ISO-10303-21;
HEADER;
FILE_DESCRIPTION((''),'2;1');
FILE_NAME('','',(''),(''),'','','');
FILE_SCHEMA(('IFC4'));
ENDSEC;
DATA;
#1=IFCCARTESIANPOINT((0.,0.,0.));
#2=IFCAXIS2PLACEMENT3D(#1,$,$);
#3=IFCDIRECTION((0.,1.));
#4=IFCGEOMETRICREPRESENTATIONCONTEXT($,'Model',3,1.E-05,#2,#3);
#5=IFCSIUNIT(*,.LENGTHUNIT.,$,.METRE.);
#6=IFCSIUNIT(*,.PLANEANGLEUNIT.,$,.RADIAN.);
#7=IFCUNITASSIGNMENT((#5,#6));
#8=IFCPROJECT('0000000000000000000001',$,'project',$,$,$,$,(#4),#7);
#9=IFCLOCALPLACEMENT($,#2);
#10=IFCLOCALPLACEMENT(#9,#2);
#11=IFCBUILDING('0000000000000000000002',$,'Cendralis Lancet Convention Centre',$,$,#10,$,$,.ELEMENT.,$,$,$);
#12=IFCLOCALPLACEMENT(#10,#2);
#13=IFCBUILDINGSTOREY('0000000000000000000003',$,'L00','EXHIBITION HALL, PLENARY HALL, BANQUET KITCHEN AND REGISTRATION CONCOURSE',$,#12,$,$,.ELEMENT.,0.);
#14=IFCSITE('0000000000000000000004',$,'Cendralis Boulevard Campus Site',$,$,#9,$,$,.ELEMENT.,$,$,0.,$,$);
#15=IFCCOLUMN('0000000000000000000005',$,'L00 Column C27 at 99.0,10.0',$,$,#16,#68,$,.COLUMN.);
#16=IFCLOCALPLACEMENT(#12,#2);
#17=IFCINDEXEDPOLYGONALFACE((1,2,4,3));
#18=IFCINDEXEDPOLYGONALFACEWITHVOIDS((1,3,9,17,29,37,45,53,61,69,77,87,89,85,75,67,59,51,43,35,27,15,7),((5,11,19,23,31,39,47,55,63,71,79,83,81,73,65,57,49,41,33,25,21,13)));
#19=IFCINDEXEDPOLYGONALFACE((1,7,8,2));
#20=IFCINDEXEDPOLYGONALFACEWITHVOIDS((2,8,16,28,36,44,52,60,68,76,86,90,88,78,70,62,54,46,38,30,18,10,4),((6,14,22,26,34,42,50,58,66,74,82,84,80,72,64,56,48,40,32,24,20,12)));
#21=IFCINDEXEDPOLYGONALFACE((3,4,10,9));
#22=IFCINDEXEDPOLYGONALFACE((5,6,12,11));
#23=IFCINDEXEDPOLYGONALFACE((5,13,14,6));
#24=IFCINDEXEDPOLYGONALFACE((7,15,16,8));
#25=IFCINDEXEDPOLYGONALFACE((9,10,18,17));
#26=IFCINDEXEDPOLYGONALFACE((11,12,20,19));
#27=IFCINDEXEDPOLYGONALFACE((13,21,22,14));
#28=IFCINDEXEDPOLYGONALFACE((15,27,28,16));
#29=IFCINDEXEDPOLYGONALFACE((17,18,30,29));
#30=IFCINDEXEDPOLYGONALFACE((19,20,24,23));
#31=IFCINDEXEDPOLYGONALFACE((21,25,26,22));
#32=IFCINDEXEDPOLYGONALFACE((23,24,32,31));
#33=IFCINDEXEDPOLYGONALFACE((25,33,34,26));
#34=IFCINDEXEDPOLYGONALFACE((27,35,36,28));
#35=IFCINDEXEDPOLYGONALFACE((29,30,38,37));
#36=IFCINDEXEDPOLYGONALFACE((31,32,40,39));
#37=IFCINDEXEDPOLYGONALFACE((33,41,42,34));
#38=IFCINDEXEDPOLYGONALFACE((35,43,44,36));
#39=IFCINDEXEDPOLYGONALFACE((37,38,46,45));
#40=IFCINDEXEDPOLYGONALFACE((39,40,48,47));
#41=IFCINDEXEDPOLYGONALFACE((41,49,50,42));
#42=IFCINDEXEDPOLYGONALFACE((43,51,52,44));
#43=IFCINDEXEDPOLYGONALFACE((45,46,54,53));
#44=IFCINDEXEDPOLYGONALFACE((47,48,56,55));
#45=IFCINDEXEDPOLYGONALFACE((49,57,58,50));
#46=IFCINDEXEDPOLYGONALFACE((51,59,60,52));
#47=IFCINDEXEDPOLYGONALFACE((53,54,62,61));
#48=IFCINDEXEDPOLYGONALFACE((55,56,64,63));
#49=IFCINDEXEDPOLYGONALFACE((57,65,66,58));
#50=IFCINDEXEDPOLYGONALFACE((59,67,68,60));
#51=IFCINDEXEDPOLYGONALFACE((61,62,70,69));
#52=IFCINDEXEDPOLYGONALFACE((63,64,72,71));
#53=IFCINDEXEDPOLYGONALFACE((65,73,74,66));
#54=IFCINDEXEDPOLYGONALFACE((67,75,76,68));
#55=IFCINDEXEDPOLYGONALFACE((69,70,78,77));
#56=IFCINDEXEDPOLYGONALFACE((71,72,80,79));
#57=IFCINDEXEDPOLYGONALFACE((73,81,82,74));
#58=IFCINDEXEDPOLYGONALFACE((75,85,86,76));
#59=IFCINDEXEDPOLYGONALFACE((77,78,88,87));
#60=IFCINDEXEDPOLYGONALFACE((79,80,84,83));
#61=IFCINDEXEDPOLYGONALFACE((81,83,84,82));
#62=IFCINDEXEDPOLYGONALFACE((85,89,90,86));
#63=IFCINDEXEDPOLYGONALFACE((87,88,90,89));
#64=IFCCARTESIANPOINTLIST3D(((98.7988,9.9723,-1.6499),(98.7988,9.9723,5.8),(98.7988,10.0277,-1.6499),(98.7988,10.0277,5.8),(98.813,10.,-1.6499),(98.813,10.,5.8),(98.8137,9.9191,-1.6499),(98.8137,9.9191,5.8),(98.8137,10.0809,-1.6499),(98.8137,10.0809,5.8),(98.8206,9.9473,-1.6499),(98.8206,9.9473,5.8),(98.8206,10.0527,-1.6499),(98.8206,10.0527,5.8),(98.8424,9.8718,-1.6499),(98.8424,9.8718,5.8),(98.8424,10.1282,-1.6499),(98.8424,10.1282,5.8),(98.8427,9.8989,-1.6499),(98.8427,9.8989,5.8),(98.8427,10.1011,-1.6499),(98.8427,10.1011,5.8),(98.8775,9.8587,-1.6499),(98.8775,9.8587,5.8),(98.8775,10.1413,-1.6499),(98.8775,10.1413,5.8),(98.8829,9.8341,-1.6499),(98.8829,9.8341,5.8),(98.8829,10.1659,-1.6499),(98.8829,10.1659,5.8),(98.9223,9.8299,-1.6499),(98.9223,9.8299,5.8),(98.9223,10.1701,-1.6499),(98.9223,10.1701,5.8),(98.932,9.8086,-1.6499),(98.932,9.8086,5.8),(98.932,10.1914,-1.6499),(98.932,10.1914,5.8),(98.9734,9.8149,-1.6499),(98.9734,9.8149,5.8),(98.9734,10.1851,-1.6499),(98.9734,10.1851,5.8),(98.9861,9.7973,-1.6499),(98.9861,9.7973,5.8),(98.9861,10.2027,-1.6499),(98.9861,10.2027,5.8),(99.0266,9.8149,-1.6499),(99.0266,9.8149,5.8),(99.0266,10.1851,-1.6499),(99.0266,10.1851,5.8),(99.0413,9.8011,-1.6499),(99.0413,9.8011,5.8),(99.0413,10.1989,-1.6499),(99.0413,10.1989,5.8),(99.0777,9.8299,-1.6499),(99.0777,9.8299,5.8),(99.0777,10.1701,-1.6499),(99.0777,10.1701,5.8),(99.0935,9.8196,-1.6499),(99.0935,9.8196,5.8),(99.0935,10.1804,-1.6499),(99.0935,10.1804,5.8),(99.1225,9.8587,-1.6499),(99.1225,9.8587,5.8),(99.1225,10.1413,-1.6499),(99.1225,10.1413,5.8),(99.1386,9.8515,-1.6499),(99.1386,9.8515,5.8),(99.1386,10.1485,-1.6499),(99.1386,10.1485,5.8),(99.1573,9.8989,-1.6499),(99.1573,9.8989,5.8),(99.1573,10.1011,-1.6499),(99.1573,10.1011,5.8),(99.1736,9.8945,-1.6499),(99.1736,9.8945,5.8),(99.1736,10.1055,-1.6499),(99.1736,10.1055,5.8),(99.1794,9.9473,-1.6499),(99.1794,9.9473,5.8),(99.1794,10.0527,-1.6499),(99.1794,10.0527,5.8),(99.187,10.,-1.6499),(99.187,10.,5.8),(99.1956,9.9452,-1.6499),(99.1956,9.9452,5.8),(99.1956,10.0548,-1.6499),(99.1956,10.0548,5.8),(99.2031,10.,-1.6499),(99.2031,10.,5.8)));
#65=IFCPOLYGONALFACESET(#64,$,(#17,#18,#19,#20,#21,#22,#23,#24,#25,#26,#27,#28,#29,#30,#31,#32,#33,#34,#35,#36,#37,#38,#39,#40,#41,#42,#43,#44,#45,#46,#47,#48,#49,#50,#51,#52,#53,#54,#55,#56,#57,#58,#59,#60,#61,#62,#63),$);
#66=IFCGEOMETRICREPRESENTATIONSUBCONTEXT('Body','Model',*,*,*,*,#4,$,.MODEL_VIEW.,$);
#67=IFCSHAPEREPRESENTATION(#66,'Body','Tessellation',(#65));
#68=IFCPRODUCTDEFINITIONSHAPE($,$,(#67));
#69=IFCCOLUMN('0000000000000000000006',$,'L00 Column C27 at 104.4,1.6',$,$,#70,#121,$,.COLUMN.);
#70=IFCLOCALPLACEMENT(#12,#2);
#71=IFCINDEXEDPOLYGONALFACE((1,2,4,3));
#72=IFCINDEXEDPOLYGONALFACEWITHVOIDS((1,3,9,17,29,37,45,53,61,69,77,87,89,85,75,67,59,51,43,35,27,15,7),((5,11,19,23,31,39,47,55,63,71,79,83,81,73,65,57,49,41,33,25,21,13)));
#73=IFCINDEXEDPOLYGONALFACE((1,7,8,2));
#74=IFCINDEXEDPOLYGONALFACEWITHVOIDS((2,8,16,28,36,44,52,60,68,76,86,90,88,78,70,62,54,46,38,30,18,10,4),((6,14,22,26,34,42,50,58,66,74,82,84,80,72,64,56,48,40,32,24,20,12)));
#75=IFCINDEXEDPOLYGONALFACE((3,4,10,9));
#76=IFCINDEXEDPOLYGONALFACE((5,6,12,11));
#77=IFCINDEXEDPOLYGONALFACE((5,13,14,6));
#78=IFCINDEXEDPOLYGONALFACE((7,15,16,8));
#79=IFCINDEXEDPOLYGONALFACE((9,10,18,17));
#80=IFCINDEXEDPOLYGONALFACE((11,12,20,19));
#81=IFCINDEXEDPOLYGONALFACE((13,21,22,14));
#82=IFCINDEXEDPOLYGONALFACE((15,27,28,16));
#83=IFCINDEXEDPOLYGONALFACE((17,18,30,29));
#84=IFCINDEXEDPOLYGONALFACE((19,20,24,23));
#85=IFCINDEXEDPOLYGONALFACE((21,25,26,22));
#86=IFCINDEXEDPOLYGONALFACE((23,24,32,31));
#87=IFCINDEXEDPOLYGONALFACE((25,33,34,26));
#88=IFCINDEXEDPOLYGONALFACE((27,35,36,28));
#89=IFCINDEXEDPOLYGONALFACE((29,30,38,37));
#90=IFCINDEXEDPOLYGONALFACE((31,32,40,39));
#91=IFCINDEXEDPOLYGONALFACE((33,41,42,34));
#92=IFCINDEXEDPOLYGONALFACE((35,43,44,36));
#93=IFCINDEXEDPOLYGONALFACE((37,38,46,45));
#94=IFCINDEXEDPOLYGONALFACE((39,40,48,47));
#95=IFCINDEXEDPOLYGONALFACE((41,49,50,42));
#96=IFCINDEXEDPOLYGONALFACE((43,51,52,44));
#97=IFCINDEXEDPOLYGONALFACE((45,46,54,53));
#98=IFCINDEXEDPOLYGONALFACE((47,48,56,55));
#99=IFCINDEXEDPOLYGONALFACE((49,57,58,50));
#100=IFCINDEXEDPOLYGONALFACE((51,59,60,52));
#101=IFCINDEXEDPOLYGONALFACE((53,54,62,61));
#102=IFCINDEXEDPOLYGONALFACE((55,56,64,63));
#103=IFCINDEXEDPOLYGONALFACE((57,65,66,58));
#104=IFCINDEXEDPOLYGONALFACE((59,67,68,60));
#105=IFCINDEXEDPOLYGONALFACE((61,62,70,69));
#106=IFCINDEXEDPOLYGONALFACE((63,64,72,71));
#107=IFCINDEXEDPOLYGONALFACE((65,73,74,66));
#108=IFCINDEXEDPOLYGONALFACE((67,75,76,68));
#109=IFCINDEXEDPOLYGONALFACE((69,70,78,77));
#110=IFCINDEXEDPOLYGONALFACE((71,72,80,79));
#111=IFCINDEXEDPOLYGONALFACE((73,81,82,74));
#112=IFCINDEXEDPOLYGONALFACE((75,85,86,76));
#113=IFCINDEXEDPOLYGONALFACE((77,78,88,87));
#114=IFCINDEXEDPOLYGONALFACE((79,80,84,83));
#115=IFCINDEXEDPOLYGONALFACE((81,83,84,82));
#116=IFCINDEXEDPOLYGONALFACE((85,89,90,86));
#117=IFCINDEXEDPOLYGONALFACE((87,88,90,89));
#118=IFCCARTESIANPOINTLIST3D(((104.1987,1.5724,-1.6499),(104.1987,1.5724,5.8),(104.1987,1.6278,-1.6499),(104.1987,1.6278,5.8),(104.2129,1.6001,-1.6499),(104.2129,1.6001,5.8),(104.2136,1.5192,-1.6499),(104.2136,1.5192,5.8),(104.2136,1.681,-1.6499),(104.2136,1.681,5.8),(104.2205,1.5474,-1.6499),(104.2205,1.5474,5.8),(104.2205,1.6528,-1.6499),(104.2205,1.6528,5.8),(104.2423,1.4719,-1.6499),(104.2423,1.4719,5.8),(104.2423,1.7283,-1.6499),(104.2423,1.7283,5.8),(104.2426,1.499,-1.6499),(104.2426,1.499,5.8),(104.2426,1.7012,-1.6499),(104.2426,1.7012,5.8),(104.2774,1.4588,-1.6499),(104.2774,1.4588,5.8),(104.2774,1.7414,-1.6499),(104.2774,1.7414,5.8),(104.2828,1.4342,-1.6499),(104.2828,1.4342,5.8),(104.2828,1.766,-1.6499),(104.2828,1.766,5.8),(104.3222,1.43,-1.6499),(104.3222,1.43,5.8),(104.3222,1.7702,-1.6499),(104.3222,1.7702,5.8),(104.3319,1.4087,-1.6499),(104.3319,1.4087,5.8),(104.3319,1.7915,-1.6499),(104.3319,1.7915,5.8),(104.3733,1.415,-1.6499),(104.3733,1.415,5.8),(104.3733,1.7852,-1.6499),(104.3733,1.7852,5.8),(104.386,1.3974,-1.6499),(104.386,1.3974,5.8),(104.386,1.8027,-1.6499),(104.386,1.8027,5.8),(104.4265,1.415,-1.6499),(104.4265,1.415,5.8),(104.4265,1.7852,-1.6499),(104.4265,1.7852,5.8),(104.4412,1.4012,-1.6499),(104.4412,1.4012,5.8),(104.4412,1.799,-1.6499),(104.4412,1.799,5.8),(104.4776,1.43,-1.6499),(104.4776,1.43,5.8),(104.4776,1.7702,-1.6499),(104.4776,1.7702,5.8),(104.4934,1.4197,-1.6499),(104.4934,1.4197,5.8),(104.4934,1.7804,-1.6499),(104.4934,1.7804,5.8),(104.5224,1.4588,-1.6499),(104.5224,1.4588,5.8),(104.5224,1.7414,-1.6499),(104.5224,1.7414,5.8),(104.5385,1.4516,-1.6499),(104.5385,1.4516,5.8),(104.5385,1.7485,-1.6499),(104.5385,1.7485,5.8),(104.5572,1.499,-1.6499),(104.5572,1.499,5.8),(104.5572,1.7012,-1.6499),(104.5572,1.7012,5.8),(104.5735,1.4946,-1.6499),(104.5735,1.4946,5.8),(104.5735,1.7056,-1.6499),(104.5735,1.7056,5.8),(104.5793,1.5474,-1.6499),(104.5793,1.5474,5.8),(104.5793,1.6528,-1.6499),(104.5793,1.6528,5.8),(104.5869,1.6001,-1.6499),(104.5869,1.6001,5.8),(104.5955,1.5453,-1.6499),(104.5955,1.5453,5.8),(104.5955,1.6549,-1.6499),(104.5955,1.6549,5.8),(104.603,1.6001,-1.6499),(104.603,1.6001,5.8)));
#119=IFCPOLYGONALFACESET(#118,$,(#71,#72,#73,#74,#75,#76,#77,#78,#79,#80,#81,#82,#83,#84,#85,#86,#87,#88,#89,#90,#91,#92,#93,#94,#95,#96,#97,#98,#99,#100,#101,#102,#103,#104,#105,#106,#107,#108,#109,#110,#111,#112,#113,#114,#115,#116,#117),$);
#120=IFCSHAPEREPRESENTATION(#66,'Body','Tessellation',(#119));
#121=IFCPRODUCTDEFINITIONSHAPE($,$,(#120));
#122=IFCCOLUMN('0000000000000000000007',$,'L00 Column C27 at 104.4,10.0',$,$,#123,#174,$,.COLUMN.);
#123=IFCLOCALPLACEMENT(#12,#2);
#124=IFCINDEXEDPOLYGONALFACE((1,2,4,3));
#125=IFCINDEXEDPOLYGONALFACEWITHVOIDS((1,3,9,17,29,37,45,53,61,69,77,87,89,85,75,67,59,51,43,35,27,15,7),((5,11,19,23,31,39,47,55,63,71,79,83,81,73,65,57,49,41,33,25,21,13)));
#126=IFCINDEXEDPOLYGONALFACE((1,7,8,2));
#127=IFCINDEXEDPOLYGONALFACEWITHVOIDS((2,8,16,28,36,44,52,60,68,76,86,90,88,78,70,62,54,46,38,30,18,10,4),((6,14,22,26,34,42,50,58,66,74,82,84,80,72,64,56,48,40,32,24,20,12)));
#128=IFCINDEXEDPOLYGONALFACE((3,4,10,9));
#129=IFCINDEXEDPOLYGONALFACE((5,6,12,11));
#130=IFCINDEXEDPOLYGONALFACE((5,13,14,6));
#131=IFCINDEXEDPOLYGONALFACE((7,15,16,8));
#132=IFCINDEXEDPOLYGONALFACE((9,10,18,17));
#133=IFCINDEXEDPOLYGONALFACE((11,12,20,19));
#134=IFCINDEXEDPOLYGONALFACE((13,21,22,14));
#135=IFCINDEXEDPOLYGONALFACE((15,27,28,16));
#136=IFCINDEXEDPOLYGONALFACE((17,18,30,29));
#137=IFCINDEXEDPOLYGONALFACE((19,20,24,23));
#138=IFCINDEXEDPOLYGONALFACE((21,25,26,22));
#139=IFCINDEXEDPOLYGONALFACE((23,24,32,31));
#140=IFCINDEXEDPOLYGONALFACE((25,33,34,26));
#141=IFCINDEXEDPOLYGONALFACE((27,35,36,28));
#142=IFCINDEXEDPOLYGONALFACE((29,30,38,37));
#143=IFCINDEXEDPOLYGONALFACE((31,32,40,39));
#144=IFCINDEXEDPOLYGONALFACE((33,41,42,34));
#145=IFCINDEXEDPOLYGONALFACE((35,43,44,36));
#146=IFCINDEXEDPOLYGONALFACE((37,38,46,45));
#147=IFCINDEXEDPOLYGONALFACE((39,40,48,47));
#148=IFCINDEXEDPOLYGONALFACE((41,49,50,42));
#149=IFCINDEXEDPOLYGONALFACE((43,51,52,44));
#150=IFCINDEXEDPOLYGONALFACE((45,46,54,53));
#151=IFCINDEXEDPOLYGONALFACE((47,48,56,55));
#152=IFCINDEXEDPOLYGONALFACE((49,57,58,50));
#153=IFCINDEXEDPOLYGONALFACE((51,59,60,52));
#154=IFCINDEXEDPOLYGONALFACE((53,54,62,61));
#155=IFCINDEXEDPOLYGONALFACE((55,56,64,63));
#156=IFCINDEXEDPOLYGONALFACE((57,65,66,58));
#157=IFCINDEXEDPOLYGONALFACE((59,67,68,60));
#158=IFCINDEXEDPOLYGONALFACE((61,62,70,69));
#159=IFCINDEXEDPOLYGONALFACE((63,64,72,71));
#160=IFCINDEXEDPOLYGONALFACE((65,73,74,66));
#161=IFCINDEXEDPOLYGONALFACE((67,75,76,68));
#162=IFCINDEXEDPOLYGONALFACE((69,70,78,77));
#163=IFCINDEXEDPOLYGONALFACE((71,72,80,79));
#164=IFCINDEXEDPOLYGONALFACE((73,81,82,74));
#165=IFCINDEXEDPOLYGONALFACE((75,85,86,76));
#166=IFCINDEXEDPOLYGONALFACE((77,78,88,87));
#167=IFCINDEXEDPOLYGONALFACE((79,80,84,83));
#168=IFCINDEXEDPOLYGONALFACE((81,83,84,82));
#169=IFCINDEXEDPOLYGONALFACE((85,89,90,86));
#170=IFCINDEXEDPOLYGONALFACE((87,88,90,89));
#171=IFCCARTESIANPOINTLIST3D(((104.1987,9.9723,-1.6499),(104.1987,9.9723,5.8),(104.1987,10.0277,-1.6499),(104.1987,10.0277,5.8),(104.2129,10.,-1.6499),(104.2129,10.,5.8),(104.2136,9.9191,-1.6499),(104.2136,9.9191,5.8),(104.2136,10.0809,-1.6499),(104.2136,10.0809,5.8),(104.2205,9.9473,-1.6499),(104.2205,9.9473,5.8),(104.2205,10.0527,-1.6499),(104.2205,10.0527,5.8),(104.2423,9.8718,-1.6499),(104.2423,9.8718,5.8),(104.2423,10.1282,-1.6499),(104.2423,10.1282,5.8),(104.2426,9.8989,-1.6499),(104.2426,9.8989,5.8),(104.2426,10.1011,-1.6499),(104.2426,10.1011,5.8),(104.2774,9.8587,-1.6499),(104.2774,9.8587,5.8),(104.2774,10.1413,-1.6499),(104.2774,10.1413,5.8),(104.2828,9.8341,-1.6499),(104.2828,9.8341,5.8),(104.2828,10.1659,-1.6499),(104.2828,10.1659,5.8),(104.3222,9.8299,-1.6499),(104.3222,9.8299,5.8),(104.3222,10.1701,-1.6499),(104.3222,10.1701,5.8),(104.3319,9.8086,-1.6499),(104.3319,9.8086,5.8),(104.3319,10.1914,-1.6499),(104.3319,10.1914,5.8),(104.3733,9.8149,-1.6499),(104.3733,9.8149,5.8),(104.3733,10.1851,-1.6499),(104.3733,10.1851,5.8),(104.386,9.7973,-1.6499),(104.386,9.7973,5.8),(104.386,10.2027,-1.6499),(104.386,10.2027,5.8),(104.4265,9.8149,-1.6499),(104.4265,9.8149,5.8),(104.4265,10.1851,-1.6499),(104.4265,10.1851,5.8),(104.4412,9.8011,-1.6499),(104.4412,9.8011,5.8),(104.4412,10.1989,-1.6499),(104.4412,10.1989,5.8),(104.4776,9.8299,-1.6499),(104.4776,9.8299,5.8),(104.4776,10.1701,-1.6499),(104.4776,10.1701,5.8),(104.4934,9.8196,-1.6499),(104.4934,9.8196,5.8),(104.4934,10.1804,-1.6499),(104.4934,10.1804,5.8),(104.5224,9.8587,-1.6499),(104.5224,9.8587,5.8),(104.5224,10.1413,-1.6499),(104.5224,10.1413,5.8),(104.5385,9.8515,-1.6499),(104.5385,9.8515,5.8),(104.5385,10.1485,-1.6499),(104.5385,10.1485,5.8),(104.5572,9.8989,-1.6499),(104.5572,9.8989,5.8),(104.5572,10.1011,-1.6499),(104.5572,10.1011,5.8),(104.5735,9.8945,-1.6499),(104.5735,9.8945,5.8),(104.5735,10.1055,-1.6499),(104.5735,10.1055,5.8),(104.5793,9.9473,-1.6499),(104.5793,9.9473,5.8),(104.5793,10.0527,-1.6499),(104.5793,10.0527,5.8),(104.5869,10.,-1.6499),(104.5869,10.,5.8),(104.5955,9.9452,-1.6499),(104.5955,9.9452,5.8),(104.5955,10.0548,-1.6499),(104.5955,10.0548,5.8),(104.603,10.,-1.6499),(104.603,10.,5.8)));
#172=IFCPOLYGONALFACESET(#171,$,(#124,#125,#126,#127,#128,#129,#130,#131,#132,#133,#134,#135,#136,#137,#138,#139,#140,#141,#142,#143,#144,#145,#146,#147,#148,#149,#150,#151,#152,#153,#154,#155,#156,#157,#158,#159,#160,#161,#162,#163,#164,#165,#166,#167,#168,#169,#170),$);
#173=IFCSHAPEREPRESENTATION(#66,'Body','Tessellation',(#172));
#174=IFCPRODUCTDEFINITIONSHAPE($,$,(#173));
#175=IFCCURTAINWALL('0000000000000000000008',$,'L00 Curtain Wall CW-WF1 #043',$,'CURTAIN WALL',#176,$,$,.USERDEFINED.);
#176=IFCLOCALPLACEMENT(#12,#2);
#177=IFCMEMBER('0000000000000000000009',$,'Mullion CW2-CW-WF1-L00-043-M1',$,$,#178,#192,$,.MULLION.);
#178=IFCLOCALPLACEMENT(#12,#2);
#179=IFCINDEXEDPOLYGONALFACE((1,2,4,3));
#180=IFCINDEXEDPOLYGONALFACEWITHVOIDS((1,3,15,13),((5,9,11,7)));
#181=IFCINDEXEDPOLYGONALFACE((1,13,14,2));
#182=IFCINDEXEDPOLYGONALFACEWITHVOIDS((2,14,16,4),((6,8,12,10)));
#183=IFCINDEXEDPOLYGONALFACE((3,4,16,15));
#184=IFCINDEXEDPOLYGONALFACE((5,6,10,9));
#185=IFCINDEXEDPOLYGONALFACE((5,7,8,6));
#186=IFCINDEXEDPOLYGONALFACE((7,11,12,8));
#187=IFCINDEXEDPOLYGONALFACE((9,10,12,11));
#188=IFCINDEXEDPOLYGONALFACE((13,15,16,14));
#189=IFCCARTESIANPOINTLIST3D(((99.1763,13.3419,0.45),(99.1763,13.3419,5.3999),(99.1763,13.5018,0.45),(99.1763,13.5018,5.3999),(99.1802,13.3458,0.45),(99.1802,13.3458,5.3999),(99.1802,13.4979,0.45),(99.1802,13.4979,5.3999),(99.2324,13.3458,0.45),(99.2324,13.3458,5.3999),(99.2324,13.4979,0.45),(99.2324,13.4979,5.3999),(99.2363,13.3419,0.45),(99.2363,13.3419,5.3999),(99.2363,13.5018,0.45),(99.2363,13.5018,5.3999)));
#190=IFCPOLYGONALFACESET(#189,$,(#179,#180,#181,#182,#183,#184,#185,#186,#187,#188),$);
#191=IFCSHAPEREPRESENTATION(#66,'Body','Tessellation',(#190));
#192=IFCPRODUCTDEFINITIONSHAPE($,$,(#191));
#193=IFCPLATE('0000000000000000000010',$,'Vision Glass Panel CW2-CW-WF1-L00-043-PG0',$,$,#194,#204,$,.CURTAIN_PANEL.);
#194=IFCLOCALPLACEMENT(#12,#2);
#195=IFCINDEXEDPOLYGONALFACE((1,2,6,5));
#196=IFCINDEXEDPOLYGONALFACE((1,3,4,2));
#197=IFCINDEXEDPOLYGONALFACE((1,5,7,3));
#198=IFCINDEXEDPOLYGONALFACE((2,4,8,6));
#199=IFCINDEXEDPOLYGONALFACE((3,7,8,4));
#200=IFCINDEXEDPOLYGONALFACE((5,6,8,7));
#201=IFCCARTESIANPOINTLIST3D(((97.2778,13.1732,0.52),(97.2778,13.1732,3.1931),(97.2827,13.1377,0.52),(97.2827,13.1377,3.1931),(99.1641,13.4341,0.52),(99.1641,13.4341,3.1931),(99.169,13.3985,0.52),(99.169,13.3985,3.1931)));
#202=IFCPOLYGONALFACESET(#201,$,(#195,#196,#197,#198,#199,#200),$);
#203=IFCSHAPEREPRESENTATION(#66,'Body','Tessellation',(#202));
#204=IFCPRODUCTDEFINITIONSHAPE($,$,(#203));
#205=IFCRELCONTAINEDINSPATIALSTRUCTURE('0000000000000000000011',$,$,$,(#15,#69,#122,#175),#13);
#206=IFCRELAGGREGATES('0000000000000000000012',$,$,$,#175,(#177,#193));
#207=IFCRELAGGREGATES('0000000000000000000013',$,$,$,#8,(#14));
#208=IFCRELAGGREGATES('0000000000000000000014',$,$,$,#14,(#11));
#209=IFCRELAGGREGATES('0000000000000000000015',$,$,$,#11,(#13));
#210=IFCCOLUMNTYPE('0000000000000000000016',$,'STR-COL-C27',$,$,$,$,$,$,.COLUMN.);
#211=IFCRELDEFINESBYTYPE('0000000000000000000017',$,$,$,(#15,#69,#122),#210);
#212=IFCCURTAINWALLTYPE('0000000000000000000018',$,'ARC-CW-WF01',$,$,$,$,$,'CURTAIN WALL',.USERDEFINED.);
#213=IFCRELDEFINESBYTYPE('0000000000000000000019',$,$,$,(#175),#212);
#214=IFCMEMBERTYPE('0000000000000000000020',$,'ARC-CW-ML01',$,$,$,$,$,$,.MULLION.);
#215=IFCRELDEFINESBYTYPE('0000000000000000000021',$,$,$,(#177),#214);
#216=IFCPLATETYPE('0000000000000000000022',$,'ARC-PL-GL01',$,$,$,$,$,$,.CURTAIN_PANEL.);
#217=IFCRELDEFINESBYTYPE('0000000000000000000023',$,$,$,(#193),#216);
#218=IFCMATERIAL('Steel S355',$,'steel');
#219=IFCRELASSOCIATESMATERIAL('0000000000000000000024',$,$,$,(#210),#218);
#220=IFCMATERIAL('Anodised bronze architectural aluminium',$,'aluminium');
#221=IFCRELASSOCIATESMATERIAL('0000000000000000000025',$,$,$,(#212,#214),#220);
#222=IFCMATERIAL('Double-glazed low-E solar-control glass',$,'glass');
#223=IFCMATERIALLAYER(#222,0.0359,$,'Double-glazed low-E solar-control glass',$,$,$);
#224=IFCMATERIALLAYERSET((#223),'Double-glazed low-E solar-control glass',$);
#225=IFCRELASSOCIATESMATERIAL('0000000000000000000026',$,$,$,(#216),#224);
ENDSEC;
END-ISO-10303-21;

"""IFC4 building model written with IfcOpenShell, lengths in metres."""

from ifc_helpers import new_model, si_unit, direction, frame, origin, origin_2d, place, context, subcontext, project, spatial, rectangle, hollow_rectangle, hollow_circle, extrude, material, layer, layer_set, material_profile, profile_set, type_object, element, aggregate, save


model = new_model("IFC4")

# Units and contexts
model_context = context("Model", 3, precision=1e-05, world=origin(), true_north=direction((0.0, 1.0)))
body_context = subcontext(model_context, "Body", "Model", "MODEL_VIEW")
ifc_project = project(units=[si_unit("LENGTHUNIT", "METRE"), si_unit("PLANEANGLEUNIT", "RADIAN")], contexts=[model_context])

# Site, building, storey
site_placement = place(None, origin())
site = spatial("IfcSite", under=ifc_project, at=site_placement, Name="Cendralis Boulevard Campus Site", CompositionType="ELEMENT", RefElevation=0.0)
building_placement = place(site_placement, origin())
building = spatial("IfcBuilding", under=site, at=building_placement, Name="Cendralis Lancet Convention Centre", CompositionType="ELEMENT")
storey_placement = place(building_placement, origin())
storey = spatial("IfcBuildingStorey", under=building, at=storey_placement, Name="L00", Description="EXHIBITION HALL, PLENARY HALL, BANQUET KITCHEN AND REGISTRATION CONCOURSE", CompositionType="ELEMENT", Elevation=0.0)

# Columns
ifc_material_1 = material(Name="Steel S355", Category="steel")
ifc_material_profile_1 = material_profile(ifc_material_1, hollow_circle(Radius=0.2031, WallThickness=0.0161, at=origin_2d()), Name="CHS 406.4x16.0")
ifc_profile_set_1 = profile_set([ifc_material_profile_1], Name="Steel S355")
column_type = type_object("IfcColumnType", Name="STR-COL-C27", PredefinedType="COLUMN", material=ifc_profile_set_1)
for number, where, z_axis, x_axis, name in (
    (1, (99.0, 10.0, -1.6499), (0.0, 0.0, 1.0), (1.0, 0.0, 0.0), "L00 Column C27 at 99.0,10.0"),
    (2, (104.3999, 1.6001, -1.6499), (0.0, 0.0, 1.0), (1.0, 0.0, 0.0), "L00 Column C27 at 104.4,1.6"),
    (3, (104.3999, 10.0, -1.6499), (0.0, 0.0, 1.0), (1.0, 0.0, 0.0), "L00 Column C27 at 104.4,10.0"),
):
    element("IfcColumn", number, at=place(storey_placement, frame(where, z_axis=z_axis, x_axis=x_axis)), inside=storey, type_object=column_type, Name=name, PredefinedType="COLUMN", context=body_context, shape_type="SweptSolid", body=[
        extrude(hollow_circle(Radius=0.2031, WallThickness=0.0161, at=origin_2d()), origin(), (0.0, 0.0, 1.0), 7.45),
    ])

# Curtain wall, member, plate
ifc_material_2 = material(Name="Anodised bronze architectural aluminium", Category="aluminium")
curtain_wall_type = type_object("IfcCurtainWallType", Name="ARC-CW-WF01", ElementType="CURTAIN WALL", PredefinedType="USERDEFINED", material=ifc_material_2)
curtain_wall_1_placement = place(storey_placement, origin())
curtain_wall_1 = element("IfcCurtainWall", 4, at=curtain_wall_1_placement, inside=storey, type_object=curtain_wall_type, Name="L00 Curtain Wall CW-WF1 #043", ObjectType="CURTAIN WALL", PredefinedType="USERDEFINED")
ifc_material_profile_2 = material_profile(ifc_material_2, hollow_rectangle(XDim=0.0601, YDim=0.1599, WallThickness=0.0039, at=origin_2d()), Name="AL-MULL 60x160x4.0")
ifc_profile_set_2 = profile_set([ifc_material_profile_2], Name="Anodised bronze architectural aluminium")
member_type = type_object("IfcMemberType", Name="ARC-CW-ML01", PredefinedType="MULLION", material=ifc_profile_set_2)
member_placement = place(storey_placement, frame((99.2063, 13.4219, 0.45), z_axis=(0.0, 0.0, 1.0), x_axis=(1.0, 0.0, 0.0)))
member = element("IfcMember", 5, at=member_placement, type_object=member_type, Name="Mullion CW2-CW-WF1-L00-043-M1", PredefinedType="MULLION", context=body_context, shape_type="SweptSolid", body=[
    extrude(hollow_rectangle(XDim=0.0601, YDim=0.1599, WallThickness=0.0039, at=origin_2d()), origin(), (0.0, 0.0, 1.0), 4.95),
])
ifc_material_3 = material(Name="Double-glazed low-E solar-control glass", Category="glass")
ifc_layer_1 = layer(ifc_material_3, 0.0359, Name="Double-glazed low-E solar-control glass")
ifc_layer_set_1 = layer_set([ifc_layer_1], Name="Double-glazed low-E solar-control glass")
plate_type_1 = type_object("IfcPlateType", Name="ARC-PL-GL01", PredefinedType="CURTAIN_PANEL", material=ifc_layer_set_1)
plate_1_placement = place(storey_placement, frame((98.2234, 13.2859, 0.52), z_axis=(0.0, 0.0, 1.0), x_axis=(0.990575, 0.136968, 0.0)))
plate_1 = element("IfcPlate", 6, at=plate_1_placement, type_object=plate_type_1, Name="Vision Glass Panel CW2-CW-WF1-L00-043-PG0", PredefinedType="CURTAIN_PANEL", context=body_context, shape_type="SweptSolid", body=[
    extrude(rectangle(XDim=1.9043, YDim=0.0359, at=origin_2d()), origin(), (0.0, 0.0, 1.0), 2.6731),
])

aggregate(curtain_wall_1, [member, plate_1])

save(model, "model.ifc")
